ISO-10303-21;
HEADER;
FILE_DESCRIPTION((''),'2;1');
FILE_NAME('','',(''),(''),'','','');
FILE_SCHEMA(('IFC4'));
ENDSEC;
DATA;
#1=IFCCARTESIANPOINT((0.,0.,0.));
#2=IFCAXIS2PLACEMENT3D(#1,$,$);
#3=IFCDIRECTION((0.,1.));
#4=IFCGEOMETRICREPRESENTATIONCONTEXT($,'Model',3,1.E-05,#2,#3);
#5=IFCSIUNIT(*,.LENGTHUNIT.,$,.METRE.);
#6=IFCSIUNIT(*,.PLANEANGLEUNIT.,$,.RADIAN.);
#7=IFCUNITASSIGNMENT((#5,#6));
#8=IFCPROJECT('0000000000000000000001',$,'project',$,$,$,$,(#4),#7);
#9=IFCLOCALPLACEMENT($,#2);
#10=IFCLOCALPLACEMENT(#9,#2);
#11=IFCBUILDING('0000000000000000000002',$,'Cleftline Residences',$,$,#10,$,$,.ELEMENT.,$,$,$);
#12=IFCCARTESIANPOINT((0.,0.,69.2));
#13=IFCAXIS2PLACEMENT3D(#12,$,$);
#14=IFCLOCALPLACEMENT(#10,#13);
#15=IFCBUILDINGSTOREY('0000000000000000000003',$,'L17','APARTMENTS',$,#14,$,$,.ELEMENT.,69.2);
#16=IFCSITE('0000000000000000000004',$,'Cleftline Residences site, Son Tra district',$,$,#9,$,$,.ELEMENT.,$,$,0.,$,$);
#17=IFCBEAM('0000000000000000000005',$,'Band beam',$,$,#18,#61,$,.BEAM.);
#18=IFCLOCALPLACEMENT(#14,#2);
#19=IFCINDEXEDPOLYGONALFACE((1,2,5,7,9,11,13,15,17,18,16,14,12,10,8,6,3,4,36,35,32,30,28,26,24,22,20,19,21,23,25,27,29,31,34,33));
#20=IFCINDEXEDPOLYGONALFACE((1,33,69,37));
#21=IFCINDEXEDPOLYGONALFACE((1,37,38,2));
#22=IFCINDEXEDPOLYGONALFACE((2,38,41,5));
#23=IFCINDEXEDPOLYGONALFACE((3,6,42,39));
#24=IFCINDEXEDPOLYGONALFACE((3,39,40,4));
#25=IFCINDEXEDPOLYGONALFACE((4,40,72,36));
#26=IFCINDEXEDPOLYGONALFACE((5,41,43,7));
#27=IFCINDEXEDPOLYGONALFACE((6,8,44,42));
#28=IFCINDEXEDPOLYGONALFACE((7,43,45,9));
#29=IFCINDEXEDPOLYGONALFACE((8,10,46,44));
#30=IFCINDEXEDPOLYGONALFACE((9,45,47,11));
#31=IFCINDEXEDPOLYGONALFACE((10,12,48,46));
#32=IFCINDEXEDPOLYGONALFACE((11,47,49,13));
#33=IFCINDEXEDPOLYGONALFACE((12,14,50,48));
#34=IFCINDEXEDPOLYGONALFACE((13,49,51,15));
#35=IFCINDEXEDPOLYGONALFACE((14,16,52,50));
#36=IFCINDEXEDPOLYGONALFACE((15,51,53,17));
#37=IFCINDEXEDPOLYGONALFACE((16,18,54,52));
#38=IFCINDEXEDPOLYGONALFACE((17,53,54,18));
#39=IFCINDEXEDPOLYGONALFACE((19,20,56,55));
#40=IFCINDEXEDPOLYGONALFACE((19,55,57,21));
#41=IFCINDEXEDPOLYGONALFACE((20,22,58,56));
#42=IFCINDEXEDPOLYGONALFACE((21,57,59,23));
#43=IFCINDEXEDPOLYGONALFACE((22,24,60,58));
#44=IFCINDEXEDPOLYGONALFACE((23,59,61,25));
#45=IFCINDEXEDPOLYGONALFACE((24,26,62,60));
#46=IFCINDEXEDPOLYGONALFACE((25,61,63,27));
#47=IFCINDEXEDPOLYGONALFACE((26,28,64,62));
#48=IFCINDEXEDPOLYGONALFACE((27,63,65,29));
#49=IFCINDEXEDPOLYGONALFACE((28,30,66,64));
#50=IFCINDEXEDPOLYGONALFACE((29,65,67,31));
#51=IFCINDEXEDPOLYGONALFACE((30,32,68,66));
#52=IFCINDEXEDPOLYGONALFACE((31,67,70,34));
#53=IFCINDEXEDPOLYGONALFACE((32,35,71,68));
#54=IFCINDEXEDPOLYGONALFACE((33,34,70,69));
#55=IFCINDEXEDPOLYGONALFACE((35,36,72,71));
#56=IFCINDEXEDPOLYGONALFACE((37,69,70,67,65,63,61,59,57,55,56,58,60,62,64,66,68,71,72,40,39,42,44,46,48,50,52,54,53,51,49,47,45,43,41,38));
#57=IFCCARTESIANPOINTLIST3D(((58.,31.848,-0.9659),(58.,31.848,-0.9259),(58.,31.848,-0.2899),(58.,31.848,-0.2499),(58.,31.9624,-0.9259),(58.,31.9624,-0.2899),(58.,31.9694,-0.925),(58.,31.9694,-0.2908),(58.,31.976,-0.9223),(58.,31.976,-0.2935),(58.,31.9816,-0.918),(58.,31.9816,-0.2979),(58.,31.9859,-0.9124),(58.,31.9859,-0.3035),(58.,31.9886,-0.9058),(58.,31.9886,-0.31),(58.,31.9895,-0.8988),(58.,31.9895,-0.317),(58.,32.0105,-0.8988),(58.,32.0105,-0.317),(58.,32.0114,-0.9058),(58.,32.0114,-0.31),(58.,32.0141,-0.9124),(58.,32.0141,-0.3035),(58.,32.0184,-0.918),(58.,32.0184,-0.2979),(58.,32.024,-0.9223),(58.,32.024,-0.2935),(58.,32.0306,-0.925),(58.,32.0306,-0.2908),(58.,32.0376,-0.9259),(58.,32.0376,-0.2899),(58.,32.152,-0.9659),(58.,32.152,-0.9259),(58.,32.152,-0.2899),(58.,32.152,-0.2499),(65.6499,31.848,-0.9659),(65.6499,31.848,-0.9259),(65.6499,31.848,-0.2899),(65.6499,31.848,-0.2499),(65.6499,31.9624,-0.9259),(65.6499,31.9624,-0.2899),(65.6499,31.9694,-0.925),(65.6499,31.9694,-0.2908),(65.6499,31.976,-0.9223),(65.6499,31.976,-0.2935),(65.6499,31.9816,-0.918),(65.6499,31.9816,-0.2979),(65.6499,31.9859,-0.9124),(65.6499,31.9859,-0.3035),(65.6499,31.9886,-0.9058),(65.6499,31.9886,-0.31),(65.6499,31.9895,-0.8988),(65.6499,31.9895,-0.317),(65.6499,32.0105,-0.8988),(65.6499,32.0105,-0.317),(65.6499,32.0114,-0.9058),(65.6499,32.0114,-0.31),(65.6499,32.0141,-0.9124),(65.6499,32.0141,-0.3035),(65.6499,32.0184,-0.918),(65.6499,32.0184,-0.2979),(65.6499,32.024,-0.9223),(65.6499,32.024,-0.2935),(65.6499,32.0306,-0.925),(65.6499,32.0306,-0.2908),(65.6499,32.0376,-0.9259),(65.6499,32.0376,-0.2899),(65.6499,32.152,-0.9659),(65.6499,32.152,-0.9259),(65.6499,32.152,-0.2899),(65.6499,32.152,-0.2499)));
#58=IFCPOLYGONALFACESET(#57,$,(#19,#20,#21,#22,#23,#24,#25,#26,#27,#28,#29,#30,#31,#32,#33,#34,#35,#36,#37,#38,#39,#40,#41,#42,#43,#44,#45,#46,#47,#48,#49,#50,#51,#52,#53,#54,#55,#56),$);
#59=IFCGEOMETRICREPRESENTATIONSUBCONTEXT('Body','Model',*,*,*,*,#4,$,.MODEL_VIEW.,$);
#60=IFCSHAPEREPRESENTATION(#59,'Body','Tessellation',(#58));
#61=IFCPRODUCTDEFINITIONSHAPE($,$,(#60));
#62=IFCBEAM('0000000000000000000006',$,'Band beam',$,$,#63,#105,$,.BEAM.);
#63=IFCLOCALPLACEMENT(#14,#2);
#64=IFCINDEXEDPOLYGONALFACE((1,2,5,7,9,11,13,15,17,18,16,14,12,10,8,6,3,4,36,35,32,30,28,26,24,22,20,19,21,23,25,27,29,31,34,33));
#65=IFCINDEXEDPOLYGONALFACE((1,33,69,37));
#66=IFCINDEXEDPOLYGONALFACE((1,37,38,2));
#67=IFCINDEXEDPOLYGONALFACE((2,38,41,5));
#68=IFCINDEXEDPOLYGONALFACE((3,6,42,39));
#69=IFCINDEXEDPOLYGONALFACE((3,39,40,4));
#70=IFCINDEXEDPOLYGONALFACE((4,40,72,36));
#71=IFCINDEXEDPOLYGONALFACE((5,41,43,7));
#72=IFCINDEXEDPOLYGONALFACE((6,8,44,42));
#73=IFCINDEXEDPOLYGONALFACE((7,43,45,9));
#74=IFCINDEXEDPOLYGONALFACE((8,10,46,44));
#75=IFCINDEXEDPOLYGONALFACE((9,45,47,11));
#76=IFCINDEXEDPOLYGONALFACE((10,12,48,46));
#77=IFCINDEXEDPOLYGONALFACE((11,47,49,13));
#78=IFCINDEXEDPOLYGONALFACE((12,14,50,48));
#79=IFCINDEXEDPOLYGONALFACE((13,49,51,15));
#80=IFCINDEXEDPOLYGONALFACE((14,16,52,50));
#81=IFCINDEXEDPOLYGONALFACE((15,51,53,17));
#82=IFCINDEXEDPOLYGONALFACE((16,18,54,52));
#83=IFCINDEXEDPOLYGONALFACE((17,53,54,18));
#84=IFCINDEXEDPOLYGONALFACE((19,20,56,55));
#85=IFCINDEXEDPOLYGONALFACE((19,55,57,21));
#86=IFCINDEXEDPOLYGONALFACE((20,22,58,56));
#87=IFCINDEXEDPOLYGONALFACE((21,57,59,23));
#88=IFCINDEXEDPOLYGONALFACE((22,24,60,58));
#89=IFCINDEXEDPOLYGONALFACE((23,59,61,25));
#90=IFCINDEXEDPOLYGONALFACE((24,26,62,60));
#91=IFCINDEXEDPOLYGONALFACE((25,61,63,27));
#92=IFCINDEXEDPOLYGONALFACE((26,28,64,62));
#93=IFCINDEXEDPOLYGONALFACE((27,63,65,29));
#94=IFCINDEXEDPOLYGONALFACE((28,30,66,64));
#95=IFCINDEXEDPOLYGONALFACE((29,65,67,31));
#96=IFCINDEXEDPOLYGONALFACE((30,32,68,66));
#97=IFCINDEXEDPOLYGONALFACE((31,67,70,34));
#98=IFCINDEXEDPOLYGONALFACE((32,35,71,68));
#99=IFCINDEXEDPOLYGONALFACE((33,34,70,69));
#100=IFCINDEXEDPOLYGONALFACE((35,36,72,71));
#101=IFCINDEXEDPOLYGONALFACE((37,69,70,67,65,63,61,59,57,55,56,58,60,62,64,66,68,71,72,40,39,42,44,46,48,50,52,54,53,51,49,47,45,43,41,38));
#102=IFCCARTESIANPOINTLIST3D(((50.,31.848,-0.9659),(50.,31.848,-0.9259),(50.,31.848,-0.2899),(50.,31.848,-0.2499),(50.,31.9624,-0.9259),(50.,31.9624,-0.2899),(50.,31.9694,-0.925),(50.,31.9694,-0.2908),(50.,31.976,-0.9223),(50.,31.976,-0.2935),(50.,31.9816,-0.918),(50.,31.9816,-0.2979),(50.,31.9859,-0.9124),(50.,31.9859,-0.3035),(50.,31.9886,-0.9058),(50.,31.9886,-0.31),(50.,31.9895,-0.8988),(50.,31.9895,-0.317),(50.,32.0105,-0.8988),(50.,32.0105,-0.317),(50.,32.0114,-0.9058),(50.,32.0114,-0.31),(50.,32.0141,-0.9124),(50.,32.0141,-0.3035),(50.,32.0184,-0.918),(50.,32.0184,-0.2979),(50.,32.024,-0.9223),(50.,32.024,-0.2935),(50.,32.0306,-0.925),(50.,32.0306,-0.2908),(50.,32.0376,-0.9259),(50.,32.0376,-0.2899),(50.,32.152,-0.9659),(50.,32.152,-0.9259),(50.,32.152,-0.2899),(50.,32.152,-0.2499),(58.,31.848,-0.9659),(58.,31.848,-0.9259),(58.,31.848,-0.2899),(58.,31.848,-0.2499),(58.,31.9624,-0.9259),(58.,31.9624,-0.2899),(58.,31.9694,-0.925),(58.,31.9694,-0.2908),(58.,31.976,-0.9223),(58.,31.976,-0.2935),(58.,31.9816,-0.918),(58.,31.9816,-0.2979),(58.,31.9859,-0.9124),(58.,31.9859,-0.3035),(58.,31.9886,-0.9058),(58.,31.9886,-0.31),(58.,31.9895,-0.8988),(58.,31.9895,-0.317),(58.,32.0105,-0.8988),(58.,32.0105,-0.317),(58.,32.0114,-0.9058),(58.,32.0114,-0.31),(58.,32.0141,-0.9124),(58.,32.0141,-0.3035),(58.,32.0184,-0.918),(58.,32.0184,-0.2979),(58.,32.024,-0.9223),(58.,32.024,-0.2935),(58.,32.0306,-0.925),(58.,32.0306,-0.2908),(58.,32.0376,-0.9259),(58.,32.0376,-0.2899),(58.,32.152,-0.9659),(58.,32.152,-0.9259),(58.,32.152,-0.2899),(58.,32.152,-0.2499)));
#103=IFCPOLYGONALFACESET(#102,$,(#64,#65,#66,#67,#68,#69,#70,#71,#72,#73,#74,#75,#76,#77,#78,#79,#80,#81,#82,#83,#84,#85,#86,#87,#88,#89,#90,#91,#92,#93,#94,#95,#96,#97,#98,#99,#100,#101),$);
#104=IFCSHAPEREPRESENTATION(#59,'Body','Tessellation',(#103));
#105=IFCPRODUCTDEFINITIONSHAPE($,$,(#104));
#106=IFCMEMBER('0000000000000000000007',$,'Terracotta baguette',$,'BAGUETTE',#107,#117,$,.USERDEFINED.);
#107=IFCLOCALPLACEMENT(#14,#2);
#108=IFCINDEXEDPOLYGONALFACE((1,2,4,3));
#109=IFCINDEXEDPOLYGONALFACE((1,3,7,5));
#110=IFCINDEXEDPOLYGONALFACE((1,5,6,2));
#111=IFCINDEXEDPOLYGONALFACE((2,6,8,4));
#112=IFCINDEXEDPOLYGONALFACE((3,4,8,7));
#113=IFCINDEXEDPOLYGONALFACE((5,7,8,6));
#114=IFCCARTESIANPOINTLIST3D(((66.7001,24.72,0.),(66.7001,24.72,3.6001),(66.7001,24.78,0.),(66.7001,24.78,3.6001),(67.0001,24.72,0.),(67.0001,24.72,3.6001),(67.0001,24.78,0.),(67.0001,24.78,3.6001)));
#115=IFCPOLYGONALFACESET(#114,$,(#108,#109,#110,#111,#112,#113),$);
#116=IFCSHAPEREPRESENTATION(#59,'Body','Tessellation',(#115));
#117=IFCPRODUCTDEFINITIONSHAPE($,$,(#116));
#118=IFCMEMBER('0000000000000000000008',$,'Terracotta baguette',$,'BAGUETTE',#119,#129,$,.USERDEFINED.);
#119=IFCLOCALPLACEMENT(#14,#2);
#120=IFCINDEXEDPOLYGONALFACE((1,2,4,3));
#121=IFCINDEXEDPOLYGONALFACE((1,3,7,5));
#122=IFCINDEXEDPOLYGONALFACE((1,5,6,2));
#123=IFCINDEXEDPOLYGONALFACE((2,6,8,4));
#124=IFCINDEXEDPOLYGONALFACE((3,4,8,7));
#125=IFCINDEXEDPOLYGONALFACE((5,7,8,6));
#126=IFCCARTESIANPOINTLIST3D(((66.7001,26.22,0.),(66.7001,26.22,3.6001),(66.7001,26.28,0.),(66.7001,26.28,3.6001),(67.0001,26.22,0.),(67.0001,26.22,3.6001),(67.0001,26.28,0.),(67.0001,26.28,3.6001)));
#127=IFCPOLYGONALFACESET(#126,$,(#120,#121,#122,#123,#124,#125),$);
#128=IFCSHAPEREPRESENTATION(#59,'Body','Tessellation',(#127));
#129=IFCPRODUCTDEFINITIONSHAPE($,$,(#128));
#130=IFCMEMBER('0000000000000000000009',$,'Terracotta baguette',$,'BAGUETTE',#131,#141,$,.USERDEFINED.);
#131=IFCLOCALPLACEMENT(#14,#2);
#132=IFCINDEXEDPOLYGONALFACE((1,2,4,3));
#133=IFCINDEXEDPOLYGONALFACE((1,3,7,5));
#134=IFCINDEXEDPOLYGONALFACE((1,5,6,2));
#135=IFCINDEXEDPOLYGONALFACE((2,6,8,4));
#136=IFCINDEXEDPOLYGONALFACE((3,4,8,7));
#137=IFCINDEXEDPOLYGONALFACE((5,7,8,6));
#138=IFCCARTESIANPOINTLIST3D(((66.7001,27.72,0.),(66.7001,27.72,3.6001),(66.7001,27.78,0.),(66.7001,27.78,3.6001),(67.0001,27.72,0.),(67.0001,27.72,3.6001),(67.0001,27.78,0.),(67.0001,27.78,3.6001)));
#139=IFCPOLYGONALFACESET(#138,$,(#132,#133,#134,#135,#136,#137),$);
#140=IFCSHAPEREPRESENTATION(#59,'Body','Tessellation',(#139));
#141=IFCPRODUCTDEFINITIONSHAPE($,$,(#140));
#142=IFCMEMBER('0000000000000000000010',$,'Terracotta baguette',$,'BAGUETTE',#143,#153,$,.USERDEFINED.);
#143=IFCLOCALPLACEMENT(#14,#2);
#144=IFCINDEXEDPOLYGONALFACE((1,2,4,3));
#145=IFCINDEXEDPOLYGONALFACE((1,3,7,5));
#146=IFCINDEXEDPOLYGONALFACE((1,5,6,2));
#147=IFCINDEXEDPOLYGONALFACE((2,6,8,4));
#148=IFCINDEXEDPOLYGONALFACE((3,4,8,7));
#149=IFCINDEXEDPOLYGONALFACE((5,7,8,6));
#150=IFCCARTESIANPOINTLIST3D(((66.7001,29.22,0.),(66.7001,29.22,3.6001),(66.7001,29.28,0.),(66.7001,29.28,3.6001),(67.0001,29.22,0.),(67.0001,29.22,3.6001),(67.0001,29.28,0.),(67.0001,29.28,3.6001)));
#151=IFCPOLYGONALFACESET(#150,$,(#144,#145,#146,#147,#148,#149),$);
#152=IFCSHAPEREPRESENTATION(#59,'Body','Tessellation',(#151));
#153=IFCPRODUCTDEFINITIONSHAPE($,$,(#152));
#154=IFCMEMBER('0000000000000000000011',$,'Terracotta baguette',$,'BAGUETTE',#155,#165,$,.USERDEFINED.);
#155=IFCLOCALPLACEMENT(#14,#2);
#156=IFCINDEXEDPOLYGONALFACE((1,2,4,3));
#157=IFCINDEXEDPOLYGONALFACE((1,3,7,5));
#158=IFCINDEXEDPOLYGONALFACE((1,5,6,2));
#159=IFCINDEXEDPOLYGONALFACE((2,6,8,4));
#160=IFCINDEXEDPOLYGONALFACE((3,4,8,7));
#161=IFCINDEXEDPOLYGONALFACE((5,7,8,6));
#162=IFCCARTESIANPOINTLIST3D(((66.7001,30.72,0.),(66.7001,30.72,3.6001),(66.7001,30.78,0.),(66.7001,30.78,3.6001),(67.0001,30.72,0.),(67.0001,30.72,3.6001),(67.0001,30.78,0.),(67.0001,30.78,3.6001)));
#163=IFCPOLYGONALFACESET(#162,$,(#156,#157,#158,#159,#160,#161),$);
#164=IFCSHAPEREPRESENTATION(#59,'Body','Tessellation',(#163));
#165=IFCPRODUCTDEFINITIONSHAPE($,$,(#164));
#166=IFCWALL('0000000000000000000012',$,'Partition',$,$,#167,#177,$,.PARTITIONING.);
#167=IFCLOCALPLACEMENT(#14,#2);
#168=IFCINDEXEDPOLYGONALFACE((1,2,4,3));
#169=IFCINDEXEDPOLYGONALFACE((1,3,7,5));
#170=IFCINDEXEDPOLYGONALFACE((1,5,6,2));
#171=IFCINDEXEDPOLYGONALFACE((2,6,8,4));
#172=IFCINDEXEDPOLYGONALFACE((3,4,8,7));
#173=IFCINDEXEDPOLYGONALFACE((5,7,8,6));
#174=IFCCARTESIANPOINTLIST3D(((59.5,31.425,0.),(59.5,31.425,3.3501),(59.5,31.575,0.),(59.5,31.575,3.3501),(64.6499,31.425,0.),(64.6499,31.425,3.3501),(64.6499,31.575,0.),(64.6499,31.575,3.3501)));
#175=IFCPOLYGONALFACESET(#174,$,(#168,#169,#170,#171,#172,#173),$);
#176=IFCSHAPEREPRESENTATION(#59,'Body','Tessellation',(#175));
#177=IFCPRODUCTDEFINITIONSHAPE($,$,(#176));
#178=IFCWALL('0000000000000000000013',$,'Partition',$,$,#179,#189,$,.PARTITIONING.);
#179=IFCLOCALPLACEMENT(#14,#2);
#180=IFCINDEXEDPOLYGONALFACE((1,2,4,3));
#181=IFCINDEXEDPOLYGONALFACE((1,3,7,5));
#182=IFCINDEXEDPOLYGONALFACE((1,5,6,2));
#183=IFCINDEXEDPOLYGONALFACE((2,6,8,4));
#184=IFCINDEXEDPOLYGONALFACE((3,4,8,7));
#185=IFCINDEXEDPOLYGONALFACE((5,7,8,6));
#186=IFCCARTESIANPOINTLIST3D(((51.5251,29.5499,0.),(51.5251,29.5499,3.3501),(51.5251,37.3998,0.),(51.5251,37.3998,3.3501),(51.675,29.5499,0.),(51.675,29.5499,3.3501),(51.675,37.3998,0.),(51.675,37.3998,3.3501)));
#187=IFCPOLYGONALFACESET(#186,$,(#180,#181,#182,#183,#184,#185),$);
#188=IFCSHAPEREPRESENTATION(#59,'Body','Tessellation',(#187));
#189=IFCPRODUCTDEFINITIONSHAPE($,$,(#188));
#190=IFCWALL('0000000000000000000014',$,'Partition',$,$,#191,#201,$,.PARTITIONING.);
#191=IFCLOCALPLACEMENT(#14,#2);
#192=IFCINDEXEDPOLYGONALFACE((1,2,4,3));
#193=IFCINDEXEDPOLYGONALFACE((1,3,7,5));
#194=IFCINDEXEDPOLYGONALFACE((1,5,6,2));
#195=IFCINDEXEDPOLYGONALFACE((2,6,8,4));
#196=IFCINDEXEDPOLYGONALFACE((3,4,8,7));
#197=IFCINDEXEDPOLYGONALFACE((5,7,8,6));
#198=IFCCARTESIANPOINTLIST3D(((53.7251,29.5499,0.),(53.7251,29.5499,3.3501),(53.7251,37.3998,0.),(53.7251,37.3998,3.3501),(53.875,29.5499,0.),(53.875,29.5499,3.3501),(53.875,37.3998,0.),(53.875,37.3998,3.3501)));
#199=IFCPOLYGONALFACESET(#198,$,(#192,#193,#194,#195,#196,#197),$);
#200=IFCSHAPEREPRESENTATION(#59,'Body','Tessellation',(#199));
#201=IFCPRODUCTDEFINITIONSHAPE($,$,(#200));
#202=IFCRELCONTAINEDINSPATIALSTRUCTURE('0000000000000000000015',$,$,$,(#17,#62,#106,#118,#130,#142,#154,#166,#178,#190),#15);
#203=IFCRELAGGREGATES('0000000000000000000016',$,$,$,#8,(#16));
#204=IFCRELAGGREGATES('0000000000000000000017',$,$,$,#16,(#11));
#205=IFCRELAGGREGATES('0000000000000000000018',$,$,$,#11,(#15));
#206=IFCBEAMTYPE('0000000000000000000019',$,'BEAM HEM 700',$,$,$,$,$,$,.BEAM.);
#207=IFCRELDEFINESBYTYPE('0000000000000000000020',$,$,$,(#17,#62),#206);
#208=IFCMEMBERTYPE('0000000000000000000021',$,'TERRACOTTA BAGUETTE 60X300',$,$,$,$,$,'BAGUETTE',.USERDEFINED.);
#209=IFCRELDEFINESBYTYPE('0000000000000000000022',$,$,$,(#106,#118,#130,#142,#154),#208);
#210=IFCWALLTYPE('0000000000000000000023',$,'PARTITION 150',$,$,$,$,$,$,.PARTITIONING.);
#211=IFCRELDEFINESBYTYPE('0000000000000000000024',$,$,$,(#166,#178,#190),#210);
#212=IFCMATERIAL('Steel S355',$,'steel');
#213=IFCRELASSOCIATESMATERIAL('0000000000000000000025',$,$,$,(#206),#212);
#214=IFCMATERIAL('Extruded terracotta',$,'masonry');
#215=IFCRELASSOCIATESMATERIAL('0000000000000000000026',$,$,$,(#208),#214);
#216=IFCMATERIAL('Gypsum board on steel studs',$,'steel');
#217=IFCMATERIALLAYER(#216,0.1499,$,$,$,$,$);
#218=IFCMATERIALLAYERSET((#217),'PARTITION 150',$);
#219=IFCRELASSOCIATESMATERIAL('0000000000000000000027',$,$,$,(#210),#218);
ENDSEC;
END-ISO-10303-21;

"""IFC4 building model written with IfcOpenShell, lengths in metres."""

from ifc_helpers import new_model, si_unit, direction, frame, frame_2d, origin, origin_2d, place, context, subcontext, project, spatial, rectangle, i_section, extrude, material, layer, layer_set, material_profile, profile_set, type_object, element, save


model = new_model("IFC4")

# Units and contexts
model_context = context("Model", 3, precision=1e-05, world=origin(), true_north=direction((0.0, 1.0)))
body_context = subcontext(model_context, "Body", "Model", "MODEL_VIEW")
ifc_project = project(units=[si_unit("LENGTHUNIT", "METRE"), si_unit("PLANEANGLEUNIT", "RADIAN")], contexts=[model_context])

# Site, building, storey
site_placement = place(None, origin())
site = spatial("IfcSite", under=ifc_project, at=site_placement, Name="Cleftline Residences site, Son Tra district", CompositionType="ELEMENT", RefElevation=0.0)
building_placement = place(site_placement, origin())
building = spatial("IfcBuilding", under=site, at=building_placement, Name="Cleftline Residences", CompositionType="ELEMENT")
storey_placement = place(building_placement, frame((0.0, 0.0, 69.2)))
storey = spatial("IfcBuildingStorey", under=building, at=storey_placement, Name="L17", Description="APARTMENTS", CompositionType="ELEMENT", Elevation=69.2)

# Beams
ifc_material_1 = material(Name="Steel S355", Category="steel")
ifc_material_profile_1 = material_profile(ifc_material_1, i_section(OverallWidth=0.304, OverallDepth=0.7161, WebThickness=0.021, FlangeThickness=0.04, FilletRadius=0.0271, at=origin_2d()))
ifc_profile_set_1 = profile_set([ifc_material_profile_1], Name="Steel S355")
beam_type_1 = type_object("IfcBeamType", Name="BEAM HEM 700", PredefinedType="BEAM", material=ifc_profile_set_1)
beam_1_placement = place(storey_placement, frame((65.6499, 32.0, -0.6079), z_axis=(-1.0, 0.0, 0.0), x_axis=(0.0, -1.0, 0.0)))
element("IfcBeam", 1, at=beam_1_placement, inside=storey, type_object=beam_type_1, Name="Band beam", PredefinedType="BEAM", context=body_context, shape_type="SweptSolid", body=[
    extrude(i_section(OverallWidth=0.304, OverallDepth=0.7161, WebThickness=0.021, FlangeThickness=0.04, FilletRadius=0.0271, at=origin_2d()), origin(), (0.0, 0.0, 1.0), 7.6499),
])
beam_2_placement = place(storey_placement, frame((58.0, 32.0, -0.6079), z_axis=(-1.0, 0.0, 0.0), x_axis=(0.0, -1.0, 0.0)))
element("IfcBeam", 2, at=beam_2_placement, inside=storey, type_object=beam_type_1, Name="Band beam", PredefinedType="BEAM", context=body_context, shape_type="SweptSolid", body=[
    extrude(i_section(OverallWidth=0.304, OverallDepth=0.7161, WebThickness=0.021, FlangeThickness=0.04, FilletRadius=0.0271, at=origin_2d()), origin(), (0.0, 0.0, 1.0), 8.0),
])

# Members
ifc_material_2 = material(Name="Extruded terracotta", Category="masonry")
ifc_material_profile_2 = material_profile(ifc_material_2, rectangle(XDim=0.0601, YDim=0.3, at=origin_2d()))
ifc_profile_set_2 = profile_set([ifc_material_profile_2], Name="Extruded terracotta")
member_type_1 = type_object("IfcMemberType", Name="TERRACOTTA BAGUETTE 60X300", ElementType="BAGUETTE", PredefinedType="USERDEFINED", material=ifc_profile_set_2)
for number, where, z_axis, x_axis, name in (
    (3, (66.8501, 24.75, 0.0), (0.0, 0.0, 1.0), (0.0, 1.0, 0.0), "Terracotta baguette"),
    (4, (66.8501, 26.25, 0.0), (0.0, 0.0, 1.0), (0.0, 1.0, 0.0), "Terracotta baguette"),
    (5, (66.8501, 27.75, 0.0), (0.0, 0.0, 1.0), (0.0, 1.0, 0.0), "Terracotta baguette"),
    (6, (66.8501, 29.25, 0.0), (0.0, 0.0, 1.0), (0.0, 1.0, 0.0), "Terracotta baguette"),
    (7, (66.8501, 30.75, 0.0), (0.0, 0.0, 1.0), (0.0, 1.0, 0.0), "Terracotta baguette"),
):
    element("IfcMember", number, at=place(storey_placement, frame(where, z_axis=z_axis, x_axis=x_axis)), inside=storey, type_object=member_type_1, Name=name, ObjectType="BAGUETTE", PredefinedType="USERDEFINED", context=body_context, shape_type="SweptSolid", body=[
        extrude(rectangle(XDim=0.0601, YDim=0.3, at=origin_2d()), origin(), (0.0, 0.0, 1.0), 3.6001),
    ])

# Walls
ifc_material_3 = material(Name="Gypsum board on steel studs", Category="steel")
ifc_layer_1 = layer(ifc_material_3, 0.1499)
ifc_layer_set_1 = layer_set([ifc_layer_1], Name="PARTITION 150")
wall_type_1 = type_object("IfcWallType", Name="PARTITION 150", PredefinedType="PARTITIONING", material=ifc_layer_set_1)
wall_1_placement = place(storey_placement, frame((59.5, 31.5, 0.0), z_axis=(0.0, 0.0, 1.0), x_axis=(1.0, 0.0, 0.0)))
element("IfcWall", 8, at=wall_1_placement, inside=storey, type_object=wall_type_1, Name="Partition", PredefinedType="PARTITIONING", context=body_context, shape_type="SweptSolid", body=[
    extrude(rectangle(XDim=5.1499, YDim=0.1499, at=frame_2d((2.575, 0.0))), origin(), (0.0, 0.0, 1.0), 3.3501),
])
for number, where, z_axis, x_axis, name in (
    (9, (51.6001, 29.55, 0.0), (0.0, 0.0, 1.0), (0.0, 1.0, 0.0), "Partition"),
    (10, (53.8, 29.55, 0.0), (0.0, 0.0, 1.0), (0.0, 1.0, 0.0), "Partition"),
):
    element("IfcWall", number, at=place(storey_placement, frame(where, z_axis=z_axis, x_axis=x_axis)), inside=storey, type_object=wall_type_1, Name=name, PredefinedType="PARTITIONING", context=body_context, shape_type="SweptSolid", body=[
        extrude(rectangle(XDim=7.8499, YDim=0.1499, at=frame_2d((3.9248, 0.0))), origin(), (0.0, 0.0, 1.0), 3.3501),
    ])

save(model, "model.ifc")
